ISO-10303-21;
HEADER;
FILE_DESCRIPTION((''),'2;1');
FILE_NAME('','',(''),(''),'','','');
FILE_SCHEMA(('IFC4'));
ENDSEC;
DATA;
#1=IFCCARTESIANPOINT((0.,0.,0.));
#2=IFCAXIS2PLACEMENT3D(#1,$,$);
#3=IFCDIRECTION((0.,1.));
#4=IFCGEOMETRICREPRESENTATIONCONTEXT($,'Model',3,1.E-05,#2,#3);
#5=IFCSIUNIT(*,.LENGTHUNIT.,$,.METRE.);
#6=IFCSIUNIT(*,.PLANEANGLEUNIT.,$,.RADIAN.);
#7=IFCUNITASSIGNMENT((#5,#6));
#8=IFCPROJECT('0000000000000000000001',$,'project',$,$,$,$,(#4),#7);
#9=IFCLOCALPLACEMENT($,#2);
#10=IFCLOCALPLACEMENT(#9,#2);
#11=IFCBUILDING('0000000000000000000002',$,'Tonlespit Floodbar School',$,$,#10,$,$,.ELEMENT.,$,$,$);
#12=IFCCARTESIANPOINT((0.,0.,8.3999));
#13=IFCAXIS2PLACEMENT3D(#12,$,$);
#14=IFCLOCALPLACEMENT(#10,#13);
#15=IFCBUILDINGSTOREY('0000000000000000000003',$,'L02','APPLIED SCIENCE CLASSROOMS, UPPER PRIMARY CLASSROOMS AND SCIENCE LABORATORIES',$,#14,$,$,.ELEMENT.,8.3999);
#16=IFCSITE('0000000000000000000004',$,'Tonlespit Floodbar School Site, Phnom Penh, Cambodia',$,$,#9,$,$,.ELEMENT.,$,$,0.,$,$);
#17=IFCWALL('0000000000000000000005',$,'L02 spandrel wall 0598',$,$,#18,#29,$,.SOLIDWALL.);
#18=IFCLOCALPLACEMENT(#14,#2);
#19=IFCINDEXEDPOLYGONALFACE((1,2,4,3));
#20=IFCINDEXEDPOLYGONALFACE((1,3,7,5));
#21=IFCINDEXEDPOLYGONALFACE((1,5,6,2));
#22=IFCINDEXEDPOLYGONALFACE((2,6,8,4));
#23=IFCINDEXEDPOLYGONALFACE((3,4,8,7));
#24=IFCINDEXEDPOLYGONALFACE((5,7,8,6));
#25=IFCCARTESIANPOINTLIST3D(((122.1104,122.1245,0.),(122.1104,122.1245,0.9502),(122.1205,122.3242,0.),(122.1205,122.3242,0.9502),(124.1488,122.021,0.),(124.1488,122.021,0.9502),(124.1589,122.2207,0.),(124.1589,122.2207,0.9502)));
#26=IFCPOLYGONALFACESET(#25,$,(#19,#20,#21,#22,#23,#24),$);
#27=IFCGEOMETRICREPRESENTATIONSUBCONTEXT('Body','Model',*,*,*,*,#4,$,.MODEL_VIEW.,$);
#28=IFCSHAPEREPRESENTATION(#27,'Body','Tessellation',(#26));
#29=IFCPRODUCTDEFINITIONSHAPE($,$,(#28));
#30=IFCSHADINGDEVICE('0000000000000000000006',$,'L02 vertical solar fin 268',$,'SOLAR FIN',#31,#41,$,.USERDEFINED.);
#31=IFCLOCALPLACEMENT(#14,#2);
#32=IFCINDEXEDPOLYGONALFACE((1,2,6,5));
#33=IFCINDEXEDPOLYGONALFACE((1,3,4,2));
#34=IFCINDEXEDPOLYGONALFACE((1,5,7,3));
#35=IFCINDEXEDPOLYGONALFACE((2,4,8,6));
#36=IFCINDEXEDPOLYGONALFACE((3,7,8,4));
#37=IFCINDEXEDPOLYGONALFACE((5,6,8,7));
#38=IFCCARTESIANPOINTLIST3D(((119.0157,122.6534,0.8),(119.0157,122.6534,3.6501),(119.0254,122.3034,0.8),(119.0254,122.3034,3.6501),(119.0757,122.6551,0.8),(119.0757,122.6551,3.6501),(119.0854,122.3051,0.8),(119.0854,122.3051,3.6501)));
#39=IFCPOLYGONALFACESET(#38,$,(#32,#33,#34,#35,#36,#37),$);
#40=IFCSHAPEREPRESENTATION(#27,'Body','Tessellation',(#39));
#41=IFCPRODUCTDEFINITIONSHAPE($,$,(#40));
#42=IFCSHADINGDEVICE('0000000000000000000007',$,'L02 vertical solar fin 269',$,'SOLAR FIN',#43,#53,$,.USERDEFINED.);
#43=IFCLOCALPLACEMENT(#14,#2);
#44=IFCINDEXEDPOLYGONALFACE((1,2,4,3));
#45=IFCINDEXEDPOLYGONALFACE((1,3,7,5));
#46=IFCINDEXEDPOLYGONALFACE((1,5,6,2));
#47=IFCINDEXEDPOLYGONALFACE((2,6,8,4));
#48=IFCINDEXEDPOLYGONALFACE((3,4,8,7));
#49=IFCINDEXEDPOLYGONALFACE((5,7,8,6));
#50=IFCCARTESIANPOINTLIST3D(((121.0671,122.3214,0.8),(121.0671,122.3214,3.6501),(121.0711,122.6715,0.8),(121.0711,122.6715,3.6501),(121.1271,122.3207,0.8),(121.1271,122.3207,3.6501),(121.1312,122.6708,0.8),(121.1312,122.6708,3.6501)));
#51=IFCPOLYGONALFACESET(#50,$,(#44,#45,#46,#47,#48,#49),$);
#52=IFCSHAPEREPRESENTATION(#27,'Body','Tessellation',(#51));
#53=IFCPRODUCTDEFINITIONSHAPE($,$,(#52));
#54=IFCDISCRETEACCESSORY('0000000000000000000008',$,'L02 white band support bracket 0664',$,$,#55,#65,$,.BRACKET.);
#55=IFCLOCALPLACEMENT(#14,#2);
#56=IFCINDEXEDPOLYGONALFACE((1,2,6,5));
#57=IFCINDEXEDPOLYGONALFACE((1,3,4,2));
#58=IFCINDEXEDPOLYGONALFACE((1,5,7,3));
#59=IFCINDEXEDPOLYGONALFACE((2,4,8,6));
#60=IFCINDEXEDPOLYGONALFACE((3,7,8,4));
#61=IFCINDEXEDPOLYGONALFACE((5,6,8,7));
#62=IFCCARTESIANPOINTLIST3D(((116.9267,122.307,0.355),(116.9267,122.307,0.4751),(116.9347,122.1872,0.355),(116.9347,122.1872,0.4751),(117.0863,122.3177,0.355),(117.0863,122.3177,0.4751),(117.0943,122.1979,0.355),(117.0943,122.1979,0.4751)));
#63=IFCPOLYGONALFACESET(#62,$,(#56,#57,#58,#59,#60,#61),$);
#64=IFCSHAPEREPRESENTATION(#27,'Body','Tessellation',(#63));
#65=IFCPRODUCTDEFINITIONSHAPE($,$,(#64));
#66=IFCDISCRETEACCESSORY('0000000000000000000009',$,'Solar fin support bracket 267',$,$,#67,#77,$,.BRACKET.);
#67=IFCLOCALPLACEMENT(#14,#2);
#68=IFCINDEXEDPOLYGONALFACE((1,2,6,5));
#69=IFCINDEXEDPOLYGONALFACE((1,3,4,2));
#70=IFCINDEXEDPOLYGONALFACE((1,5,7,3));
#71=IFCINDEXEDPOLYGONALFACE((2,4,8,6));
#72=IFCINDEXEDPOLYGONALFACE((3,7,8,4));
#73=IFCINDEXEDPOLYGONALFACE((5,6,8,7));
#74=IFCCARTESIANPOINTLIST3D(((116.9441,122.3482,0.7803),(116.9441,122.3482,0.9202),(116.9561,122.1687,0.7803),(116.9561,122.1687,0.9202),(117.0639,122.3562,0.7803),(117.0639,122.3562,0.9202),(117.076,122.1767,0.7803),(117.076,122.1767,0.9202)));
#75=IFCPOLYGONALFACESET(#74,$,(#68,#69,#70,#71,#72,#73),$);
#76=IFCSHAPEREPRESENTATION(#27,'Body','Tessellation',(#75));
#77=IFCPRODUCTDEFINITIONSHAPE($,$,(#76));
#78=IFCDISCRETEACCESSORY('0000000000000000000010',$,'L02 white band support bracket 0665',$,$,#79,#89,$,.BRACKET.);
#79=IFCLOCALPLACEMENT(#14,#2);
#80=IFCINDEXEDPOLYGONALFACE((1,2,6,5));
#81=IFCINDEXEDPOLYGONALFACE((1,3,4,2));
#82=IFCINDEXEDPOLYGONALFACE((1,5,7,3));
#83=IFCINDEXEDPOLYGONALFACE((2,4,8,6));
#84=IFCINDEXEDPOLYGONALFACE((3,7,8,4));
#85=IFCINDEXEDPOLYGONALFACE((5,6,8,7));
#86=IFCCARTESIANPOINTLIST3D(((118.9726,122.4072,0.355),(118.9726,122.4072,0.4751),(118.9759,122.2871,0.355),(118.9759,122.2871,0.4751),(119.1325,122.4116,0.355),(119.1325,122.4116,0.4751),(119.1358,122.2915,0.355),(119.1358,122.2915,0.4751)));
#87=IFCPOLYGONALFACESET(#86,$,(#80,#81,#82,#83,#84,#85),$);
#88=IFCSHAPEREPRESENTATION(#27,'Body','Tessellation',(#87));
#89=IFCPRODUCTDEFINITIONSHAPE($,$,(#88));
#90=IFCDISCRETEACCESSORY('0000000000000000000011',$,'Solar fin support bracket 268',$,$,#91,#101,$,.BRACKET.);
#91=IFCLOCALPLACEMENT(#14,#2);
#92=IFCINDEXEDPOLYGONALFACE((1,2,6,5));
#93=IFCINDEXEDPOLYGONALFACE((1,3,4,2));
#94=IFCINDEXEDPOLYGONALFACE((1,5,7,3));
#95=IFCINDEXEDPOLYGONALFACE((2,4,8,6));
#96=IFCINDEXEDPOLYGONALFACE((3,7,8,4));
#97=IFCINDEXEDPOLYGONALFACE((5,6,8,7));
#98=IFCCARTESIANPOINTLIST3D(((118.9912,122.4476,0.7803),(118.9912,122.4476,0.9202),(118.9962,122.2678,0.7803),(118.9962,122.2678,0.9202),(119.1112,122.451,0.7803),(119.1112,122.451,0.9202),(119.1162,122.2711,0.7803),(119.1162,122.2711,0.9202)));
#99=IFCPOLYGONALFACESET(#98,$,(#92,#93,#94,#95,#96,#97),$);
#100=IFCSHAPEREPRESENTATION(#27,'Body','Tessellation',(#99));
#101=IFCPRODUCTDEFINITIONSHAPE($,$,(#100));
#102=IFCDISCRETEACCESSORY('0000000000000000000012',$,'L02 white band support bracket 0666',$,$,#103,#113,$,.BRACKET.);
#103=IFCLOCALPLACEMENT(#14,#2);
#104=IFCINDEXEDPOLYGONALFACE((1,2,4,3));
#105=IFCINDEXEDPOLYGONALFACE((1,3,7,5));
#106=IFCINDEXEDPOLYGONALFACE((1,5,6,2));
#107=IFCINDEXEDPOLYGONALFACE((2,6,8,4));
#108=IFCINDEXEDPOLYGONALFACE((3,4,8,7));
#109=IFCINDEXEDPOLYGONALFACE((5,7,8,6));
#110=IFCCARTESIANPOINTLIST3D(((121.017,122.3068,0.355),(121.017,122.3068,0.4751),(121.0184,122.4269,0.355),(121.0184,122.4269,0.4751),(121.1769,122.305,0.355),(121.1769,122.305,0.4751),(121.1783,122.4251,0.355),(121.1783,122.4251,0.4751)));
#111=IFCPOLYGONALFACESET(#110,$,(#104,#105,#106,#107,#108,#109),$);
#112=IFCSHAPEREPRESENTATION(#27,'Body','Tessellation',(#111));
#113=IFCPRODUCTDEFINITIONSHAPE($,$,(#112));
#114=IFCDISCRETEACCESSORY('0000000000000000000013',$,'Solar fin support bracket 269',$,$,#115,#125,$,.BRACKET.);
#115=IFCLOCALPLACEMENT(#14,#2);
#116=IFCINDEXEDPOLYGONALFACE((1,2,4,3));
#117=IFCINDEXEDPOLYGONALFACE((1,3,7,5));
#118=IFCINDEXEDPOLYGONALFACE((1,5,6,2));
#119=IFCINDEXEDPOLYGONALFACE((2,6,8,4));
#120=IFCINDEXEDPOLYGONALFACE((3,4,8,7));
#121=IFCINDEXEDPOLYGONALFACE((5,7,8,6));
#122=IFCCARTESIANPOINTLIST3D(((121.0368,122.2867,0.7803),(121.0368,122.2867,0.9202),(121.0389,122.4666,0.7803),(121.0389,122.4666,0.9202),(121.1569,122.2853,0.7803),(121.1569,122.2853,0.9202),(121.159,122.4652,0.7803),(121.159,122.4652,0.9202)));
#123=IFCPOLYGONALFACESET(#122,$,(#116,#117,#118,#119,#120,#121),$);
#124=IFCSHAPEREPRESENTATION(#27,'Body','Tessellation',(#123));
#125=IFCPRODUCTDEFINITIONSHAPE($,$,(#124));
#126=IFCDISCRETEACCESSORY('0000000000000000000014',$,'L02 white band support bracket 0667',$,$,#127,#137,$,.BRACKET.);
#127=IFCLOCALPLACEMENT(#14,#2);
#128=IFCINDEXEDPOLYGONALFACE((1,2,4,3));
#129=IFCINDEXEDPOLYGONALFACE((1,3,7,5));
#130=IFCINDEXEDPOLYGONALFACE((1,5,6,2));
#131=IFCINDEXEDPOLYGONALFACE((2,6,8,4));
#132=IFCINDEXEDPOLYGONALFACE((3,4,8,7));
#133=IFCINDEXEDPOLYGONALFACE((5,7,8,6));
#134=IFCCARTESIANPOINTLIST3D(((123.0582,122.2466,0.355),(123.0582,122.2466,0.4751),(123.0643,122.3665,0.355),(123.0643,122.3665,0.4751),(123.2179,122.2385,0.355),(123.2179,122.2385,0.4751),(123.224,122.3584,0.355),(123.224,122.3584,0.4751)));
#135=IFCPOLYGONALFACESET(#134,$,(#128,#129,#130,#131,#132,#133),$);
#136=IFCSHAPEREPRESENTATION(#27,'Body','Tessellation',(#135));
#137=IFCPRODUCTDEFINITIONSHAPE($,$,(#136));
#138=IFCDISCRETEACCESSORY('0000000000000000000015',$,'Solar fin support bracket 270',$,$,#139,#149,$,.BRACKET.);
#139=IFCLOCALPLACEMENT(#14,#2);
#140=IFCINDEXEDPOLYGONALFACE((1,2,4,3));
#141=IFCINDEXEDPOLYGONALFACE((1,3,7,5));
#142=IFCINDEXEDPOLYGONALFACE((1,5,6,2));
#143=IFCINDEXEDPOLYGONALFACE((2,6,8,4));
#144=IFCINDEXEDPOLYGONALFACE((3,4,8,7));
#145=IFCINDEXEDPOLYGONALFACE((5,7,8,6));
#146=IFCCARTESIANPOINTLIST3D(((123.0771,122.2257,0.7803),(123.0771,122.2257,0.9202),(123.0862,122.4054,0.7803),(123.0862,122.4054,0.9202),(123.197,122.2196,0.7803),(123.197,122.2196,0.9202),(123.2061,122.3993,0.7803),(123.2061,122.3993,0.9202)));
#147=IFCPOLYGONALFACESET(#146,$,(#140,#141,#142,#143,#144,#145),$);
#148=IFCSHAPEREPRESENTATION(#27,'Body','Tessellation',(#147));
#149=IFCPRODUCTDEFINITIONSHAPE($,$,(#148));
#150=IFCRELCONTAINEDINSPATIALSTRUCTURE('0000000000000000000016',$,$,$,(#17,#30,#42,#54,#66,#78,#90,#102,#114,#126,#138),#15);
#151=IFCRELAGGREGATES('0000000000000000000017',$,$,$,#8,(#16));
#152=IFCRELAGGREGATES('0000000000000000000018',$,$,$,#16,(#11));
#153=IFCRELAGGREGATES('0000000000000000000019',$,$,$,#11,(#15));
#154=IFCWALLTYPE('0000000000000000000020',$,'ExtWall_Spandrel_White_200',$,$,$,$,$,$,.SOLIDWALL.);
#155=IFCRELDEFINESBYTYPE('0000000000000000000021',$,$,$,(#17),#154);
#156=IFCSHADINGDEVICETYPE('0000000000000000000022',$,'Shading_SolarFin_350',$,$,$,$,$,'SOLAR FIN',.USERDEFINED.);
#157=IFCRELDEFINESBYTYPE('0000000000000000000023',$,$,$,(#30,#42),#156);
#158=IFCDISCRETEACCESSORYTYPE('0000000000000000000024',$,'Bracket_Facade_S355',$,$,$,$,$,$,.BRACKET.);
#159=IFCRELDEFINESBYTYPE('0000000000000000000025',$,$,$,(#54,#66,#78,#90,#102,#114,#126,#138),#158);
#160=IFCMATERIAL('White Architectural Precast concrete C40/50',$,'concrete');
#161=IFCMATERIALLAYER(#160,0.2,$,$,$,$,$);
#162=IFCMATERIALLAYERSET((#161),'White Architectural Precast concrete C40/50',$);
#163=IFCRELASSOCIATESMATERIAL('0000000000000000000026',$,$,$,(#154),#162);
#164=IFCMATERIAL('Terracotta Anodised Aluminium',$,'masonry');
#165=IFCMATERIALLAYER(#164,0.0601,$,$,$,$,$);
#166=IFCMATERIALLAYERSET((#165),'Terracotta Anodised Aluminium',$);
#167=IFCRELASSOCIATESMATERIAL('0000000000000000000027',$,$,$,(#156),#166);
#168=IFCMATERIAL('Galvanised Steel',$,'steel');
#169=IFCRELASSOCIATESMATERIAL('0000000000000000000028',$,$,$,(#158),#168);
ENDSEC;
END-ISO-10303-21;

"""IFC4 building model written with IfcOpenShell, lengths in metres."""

from ifc_helpers import new_model, si_unit, direction, frame, frame_2d, origin, origin_2d, place, context, subcontext, project, spatial, rectangle, extrude, material, layer, layer_set, type_object, element, save


model = new_model("IFC4")

# Units and contexts
model_context = context("Model", 3, precision=1e-05, world=origin(), true_north=direction((0.0, 1.0)))
body_context = subcontext(model_context, "Body", "Model", "MODEL_VIEW")
ifc_project = project(units=[si_unit("LENGTHUNIT", "METRE"), si_unit("PLANEANGLEUNIT", "RADIAN")], contexts=[model_context])

# Site, building, storey
site_placement = place(None, origin())
site = spatial("IfcSite", under=ifc_project, at=site_placement, Name="Tonlespit Floodbar School Site, Phnom Penh, Cambodia", CompositionType="ELEMENT", RefElevation=0.0)
building_placement = place(site_placement, origin())
building = spatial("IfcBuilding", under=site, at=building_placement, Name="Tonlespit Floodbar School", CompositionType="ELEMENT")
storey_placement = place(building_placement, frame((0.0, 0.0, 8.3999)))
storey = spatial("IfcBuildingStorey", under=building, at=storey_placement, Name="L02", Description="APPLIED SCIENCE CLASSROOMS, UPPER PRIMARY CLASSROOMS AND SCIENCE LABORATORIES", CompositionType="ELEMENT", Elevation=8.3999)

# Wall
ifc_material_1 = material(Name="White Architectural Precast concrete C40/50", Category="concrete")
ifc_layer_1 = layer(ifc_material_1, 0.2)
ifc_layer_set_1 = layer_set([ifc_layer_1], Name="White Architectural Precast concrete C40/50")
wall_type = type_object("IfcWallType", Name="ExtWall_Spandrel_White_200", PredefinedType="SOLIDWALL", material=ifc_layer_set_1)
wall_1_placement = place(storey_placement, frame((122.1155, 122.2244, 0.0), z_axis=(0.0, 0.0, 1.0), x_axis=(0.998713, -0.050719, 0.0)))
element("IfcWall", 1, at=wall_1_placement, inside=storey, type_object=wall_type, Name="L02 spandrel wall 0598", PredefinedType="SOLIDWALL", context=body_context, shape_type="SweptSolid", body=[
    extrude(rectangle(XDim=2.041, YDim=0.2, at=frame_2d((1.0205, 0.0))), origin(), (0.0, 0.0, 1.0), 0.9502),
])

# Shading devices
ifc_material_2 = material(Name="Terracotta Anodised Aluminium", Category="masonry")
ifc_layer_2 = layer(ifc_material_2, 0.0601)
ifc_layer_set_2 = layer_set([ifc_layer_2], Name="Terracotta Anodised Aluminium")
shading_device_type = type_object("IfcShadingDeviceType", Name="Shading_SolarFin_350", ElementType="SOLAR FIN", PredefinedType="USERDEFINED", material=ifc_layer_set_2)
for number, where, z_axis, x_axis, name in (
    (2, (119.0505, 122.4792, 0.8), (0.0, 0.0, 1.0), (0.999615, 0.027756, 0.0), "L02 vertical solar fin 268"),
    (3, (121.0991, 122.4961, 0.8), (0.0, 0.0, 1.0), (0.999934, -0.011479, 0.0), "L02 vertical solar fin 269"),
):
    element("IfcShadingDevice", number, at=place(storey_placement, frame(where, z_axis=z_axis, x_axis=x_axis)), inside=storey, type_object=shading_device_type, Name=name, ObjectType="SOLAR FIN", PredefinedType="USERDEFINED", context=body_context, shape_type="SweptSolid", body=[
        extrude(rectangle(XDim=0.0601, YDim=0.3501, at=origin_2d()), origin(), (0.0, 0.0, 1.0), 2.8501),
    ])

# Discrete accessories
ifc_material_3 = material(Name="Galvanised Steel", Category="steel")
discrete_accessory_type = type_object("IfcDiscreteAccessoryType", Name="Bracket_Facade_S355", PredefinedType="BRACKET", material=ifc_material_3)
discrete_accessory_1_placement = place(storey_placement, frame((117.0105, 122.2524, 0.355), z_axis=(0.0, 0.0, 1.0), x_axis=(0.997756, 0.066958, 0.0)))
element("IfcDiscreteAccessory", 4, at=discrete_accessory_1_placement, inside=storey, type_object=discrete_accessory_type, Name="L02 white band support bracket 0664", PredefinedType="BRACKET", context=body_context, shape_type="SweptSolid", body=[
    extrude(rectangle(XDim=0.1599, YDim=0.1201, at=origin_2d()), origin(), (0.0, 0.0, 1.0), 0.1201),
])
discrete_accessory_2_placement = place(storey_placement, frame((117.01, 122.2625, 0.7803), z_axis=(0.0, 0.0, 1.0), x_axis=(0.997756, 0.066958, 0.0)))
element("IfcDiscreteAccessory", 5, at=discrete_accessory_2_placement, inside=storey, type_object=discrete_accessory_type, Name="Solar fin support bracket 267", PredefinedType="BRACKET", context=body_context, shape_type="SweptSolid", body=[
    extrude(rectangle(XDim=0.1201, YDim=0.1799, at=origin_2d()), origin(), (0.0, 0.0, 1.0), 0.1399),
])
discrete_accessory_3_placement = place(storey_placement, frame((119.0542, 122.3494, 0.355), z_axis=(0.0, 0.0, 1.0), x_axis=(0.999615, 0.027756, 0.0)))
element("IfcDiscreteAccessory", 6, at=discrete_accessory_3_placement, inside=storey, type_object=discrete_accessory_type, Name="L02 white band support bracket 0665", PredefinedType="BRACKET", context=body_context, shape_type="SweptSolid", body=[
    extrude(rectangle(XDim=0.1599, YDim=0.1201, at=origin_2d()), origin(), (0.0, 0.0, 1.0), 0.1201),
])
discrete_accessory_4_placement = place(storey_placement, frame((119.0537, 122.3594, 0.7803), z_axis=(0.0, 0.0, 1.0), x_axis=(0.999615, 0.027756, 0.0)))
element("IfcDiscreteAccessory", 7, at=discrete_accessory_4_placement, inside=storey, type_object=discrete_accessory_type, Name="Solar fin support bracket 268", PredefinedType="BRACKET", context=body_context, shape_type="SweptSolid", body=[
    extrude(rectangle(XDim=0.1201, YDim=0.1799, at=origin_2d()), origin(), (0.0, 0.0, 1.0), 0.1399),
])
discrete_accessory_5_placement = place(storey_placement, frame((121.0977, 122.366, 0.355), z_axis=(0.0, 0.0, 1.0), x_axis=(0.999934, -0.011479, 0.0)))
element("IfcDiscreteAccessory", 8, at=discrete_accessory_5_placement, inside=storey, type_object=discrete_accessory_type, Name="L02 white band support bracket 0666", PredefinedType="BRACKET", context=body_context, shape_type="SweptSolid", body=[
    extrude(rectangle(XDim=0.1599, YDim=0.1201, at=origin_2d()), origin(), (0.0, 0.0, 1.0), 0.1201),
])
discrete_accessory_6_placement = place(storey_placement, frame((121.0979, 122.376, 0.7803), z_axis=(0.0, 0.0, 1.0), x_axis=(0.999934, -0.011479, 0.0)))
element("IfcDiscreteAccessory", 9, at=discrete_accessory_6_placement, inside=storey, type_object=discrete_accessory_type, Name="Solar fin support bracket 269", PredefinedType="BRACKET", context=body_context, shape_type="SweptSolid", body=[
    extrude(rectangle(XDim=0.1201, YDim=0.1799, at=origin_2d()), origin(), (0.0, 0.0, 1.0), 0.1399),
])
discrete_accessory_7_placement = place(storey_placement, frame((123.1411, 122.3025, 0.355), z_axis=(0.0, 0.0, 1.0), x_axis=(0.998716, -0.050661, 0.0)))
element("IfcDiscreteAccessory", 10, at=discrete_accessory_7_placement, inside=storey, type_object=discrete_accessory_type, Name="L02 white band support bracket 0667", PredefinedType="BRACKET", context=body_context, shape_type="SweptSolid", body=[
    extrude(rectangle(XDim=0.1599, YDim=0.1201, at=origin_2d()), origin(), (0.0, 0.0, 1.0), 0.1201),
])
discrete_accessory_8_placement = place(storey_placement, frame((123.1416, 122.3125, 0.7803), z_axis=(0.0, 0.0, 1.0), x_axis=(0.998716, -0.050661, 0.0)))
element("IfcDiscreteAccessory", 11, at=discrete_accessory_8_placement, inside=storey, type_object=discrete_accessory_type, Name="Solar fin support bracket 270", PredefinedType="BRACKET", context=body_context, shape_type="SweptSolid", body=[
    extrude(rectangle(XDim=0.1201, YDim=0.1799, at=origin_2d()), origin(), (0.0, 0.0, 1.0), 0.1399),
])

save(model, "model.ifc")
